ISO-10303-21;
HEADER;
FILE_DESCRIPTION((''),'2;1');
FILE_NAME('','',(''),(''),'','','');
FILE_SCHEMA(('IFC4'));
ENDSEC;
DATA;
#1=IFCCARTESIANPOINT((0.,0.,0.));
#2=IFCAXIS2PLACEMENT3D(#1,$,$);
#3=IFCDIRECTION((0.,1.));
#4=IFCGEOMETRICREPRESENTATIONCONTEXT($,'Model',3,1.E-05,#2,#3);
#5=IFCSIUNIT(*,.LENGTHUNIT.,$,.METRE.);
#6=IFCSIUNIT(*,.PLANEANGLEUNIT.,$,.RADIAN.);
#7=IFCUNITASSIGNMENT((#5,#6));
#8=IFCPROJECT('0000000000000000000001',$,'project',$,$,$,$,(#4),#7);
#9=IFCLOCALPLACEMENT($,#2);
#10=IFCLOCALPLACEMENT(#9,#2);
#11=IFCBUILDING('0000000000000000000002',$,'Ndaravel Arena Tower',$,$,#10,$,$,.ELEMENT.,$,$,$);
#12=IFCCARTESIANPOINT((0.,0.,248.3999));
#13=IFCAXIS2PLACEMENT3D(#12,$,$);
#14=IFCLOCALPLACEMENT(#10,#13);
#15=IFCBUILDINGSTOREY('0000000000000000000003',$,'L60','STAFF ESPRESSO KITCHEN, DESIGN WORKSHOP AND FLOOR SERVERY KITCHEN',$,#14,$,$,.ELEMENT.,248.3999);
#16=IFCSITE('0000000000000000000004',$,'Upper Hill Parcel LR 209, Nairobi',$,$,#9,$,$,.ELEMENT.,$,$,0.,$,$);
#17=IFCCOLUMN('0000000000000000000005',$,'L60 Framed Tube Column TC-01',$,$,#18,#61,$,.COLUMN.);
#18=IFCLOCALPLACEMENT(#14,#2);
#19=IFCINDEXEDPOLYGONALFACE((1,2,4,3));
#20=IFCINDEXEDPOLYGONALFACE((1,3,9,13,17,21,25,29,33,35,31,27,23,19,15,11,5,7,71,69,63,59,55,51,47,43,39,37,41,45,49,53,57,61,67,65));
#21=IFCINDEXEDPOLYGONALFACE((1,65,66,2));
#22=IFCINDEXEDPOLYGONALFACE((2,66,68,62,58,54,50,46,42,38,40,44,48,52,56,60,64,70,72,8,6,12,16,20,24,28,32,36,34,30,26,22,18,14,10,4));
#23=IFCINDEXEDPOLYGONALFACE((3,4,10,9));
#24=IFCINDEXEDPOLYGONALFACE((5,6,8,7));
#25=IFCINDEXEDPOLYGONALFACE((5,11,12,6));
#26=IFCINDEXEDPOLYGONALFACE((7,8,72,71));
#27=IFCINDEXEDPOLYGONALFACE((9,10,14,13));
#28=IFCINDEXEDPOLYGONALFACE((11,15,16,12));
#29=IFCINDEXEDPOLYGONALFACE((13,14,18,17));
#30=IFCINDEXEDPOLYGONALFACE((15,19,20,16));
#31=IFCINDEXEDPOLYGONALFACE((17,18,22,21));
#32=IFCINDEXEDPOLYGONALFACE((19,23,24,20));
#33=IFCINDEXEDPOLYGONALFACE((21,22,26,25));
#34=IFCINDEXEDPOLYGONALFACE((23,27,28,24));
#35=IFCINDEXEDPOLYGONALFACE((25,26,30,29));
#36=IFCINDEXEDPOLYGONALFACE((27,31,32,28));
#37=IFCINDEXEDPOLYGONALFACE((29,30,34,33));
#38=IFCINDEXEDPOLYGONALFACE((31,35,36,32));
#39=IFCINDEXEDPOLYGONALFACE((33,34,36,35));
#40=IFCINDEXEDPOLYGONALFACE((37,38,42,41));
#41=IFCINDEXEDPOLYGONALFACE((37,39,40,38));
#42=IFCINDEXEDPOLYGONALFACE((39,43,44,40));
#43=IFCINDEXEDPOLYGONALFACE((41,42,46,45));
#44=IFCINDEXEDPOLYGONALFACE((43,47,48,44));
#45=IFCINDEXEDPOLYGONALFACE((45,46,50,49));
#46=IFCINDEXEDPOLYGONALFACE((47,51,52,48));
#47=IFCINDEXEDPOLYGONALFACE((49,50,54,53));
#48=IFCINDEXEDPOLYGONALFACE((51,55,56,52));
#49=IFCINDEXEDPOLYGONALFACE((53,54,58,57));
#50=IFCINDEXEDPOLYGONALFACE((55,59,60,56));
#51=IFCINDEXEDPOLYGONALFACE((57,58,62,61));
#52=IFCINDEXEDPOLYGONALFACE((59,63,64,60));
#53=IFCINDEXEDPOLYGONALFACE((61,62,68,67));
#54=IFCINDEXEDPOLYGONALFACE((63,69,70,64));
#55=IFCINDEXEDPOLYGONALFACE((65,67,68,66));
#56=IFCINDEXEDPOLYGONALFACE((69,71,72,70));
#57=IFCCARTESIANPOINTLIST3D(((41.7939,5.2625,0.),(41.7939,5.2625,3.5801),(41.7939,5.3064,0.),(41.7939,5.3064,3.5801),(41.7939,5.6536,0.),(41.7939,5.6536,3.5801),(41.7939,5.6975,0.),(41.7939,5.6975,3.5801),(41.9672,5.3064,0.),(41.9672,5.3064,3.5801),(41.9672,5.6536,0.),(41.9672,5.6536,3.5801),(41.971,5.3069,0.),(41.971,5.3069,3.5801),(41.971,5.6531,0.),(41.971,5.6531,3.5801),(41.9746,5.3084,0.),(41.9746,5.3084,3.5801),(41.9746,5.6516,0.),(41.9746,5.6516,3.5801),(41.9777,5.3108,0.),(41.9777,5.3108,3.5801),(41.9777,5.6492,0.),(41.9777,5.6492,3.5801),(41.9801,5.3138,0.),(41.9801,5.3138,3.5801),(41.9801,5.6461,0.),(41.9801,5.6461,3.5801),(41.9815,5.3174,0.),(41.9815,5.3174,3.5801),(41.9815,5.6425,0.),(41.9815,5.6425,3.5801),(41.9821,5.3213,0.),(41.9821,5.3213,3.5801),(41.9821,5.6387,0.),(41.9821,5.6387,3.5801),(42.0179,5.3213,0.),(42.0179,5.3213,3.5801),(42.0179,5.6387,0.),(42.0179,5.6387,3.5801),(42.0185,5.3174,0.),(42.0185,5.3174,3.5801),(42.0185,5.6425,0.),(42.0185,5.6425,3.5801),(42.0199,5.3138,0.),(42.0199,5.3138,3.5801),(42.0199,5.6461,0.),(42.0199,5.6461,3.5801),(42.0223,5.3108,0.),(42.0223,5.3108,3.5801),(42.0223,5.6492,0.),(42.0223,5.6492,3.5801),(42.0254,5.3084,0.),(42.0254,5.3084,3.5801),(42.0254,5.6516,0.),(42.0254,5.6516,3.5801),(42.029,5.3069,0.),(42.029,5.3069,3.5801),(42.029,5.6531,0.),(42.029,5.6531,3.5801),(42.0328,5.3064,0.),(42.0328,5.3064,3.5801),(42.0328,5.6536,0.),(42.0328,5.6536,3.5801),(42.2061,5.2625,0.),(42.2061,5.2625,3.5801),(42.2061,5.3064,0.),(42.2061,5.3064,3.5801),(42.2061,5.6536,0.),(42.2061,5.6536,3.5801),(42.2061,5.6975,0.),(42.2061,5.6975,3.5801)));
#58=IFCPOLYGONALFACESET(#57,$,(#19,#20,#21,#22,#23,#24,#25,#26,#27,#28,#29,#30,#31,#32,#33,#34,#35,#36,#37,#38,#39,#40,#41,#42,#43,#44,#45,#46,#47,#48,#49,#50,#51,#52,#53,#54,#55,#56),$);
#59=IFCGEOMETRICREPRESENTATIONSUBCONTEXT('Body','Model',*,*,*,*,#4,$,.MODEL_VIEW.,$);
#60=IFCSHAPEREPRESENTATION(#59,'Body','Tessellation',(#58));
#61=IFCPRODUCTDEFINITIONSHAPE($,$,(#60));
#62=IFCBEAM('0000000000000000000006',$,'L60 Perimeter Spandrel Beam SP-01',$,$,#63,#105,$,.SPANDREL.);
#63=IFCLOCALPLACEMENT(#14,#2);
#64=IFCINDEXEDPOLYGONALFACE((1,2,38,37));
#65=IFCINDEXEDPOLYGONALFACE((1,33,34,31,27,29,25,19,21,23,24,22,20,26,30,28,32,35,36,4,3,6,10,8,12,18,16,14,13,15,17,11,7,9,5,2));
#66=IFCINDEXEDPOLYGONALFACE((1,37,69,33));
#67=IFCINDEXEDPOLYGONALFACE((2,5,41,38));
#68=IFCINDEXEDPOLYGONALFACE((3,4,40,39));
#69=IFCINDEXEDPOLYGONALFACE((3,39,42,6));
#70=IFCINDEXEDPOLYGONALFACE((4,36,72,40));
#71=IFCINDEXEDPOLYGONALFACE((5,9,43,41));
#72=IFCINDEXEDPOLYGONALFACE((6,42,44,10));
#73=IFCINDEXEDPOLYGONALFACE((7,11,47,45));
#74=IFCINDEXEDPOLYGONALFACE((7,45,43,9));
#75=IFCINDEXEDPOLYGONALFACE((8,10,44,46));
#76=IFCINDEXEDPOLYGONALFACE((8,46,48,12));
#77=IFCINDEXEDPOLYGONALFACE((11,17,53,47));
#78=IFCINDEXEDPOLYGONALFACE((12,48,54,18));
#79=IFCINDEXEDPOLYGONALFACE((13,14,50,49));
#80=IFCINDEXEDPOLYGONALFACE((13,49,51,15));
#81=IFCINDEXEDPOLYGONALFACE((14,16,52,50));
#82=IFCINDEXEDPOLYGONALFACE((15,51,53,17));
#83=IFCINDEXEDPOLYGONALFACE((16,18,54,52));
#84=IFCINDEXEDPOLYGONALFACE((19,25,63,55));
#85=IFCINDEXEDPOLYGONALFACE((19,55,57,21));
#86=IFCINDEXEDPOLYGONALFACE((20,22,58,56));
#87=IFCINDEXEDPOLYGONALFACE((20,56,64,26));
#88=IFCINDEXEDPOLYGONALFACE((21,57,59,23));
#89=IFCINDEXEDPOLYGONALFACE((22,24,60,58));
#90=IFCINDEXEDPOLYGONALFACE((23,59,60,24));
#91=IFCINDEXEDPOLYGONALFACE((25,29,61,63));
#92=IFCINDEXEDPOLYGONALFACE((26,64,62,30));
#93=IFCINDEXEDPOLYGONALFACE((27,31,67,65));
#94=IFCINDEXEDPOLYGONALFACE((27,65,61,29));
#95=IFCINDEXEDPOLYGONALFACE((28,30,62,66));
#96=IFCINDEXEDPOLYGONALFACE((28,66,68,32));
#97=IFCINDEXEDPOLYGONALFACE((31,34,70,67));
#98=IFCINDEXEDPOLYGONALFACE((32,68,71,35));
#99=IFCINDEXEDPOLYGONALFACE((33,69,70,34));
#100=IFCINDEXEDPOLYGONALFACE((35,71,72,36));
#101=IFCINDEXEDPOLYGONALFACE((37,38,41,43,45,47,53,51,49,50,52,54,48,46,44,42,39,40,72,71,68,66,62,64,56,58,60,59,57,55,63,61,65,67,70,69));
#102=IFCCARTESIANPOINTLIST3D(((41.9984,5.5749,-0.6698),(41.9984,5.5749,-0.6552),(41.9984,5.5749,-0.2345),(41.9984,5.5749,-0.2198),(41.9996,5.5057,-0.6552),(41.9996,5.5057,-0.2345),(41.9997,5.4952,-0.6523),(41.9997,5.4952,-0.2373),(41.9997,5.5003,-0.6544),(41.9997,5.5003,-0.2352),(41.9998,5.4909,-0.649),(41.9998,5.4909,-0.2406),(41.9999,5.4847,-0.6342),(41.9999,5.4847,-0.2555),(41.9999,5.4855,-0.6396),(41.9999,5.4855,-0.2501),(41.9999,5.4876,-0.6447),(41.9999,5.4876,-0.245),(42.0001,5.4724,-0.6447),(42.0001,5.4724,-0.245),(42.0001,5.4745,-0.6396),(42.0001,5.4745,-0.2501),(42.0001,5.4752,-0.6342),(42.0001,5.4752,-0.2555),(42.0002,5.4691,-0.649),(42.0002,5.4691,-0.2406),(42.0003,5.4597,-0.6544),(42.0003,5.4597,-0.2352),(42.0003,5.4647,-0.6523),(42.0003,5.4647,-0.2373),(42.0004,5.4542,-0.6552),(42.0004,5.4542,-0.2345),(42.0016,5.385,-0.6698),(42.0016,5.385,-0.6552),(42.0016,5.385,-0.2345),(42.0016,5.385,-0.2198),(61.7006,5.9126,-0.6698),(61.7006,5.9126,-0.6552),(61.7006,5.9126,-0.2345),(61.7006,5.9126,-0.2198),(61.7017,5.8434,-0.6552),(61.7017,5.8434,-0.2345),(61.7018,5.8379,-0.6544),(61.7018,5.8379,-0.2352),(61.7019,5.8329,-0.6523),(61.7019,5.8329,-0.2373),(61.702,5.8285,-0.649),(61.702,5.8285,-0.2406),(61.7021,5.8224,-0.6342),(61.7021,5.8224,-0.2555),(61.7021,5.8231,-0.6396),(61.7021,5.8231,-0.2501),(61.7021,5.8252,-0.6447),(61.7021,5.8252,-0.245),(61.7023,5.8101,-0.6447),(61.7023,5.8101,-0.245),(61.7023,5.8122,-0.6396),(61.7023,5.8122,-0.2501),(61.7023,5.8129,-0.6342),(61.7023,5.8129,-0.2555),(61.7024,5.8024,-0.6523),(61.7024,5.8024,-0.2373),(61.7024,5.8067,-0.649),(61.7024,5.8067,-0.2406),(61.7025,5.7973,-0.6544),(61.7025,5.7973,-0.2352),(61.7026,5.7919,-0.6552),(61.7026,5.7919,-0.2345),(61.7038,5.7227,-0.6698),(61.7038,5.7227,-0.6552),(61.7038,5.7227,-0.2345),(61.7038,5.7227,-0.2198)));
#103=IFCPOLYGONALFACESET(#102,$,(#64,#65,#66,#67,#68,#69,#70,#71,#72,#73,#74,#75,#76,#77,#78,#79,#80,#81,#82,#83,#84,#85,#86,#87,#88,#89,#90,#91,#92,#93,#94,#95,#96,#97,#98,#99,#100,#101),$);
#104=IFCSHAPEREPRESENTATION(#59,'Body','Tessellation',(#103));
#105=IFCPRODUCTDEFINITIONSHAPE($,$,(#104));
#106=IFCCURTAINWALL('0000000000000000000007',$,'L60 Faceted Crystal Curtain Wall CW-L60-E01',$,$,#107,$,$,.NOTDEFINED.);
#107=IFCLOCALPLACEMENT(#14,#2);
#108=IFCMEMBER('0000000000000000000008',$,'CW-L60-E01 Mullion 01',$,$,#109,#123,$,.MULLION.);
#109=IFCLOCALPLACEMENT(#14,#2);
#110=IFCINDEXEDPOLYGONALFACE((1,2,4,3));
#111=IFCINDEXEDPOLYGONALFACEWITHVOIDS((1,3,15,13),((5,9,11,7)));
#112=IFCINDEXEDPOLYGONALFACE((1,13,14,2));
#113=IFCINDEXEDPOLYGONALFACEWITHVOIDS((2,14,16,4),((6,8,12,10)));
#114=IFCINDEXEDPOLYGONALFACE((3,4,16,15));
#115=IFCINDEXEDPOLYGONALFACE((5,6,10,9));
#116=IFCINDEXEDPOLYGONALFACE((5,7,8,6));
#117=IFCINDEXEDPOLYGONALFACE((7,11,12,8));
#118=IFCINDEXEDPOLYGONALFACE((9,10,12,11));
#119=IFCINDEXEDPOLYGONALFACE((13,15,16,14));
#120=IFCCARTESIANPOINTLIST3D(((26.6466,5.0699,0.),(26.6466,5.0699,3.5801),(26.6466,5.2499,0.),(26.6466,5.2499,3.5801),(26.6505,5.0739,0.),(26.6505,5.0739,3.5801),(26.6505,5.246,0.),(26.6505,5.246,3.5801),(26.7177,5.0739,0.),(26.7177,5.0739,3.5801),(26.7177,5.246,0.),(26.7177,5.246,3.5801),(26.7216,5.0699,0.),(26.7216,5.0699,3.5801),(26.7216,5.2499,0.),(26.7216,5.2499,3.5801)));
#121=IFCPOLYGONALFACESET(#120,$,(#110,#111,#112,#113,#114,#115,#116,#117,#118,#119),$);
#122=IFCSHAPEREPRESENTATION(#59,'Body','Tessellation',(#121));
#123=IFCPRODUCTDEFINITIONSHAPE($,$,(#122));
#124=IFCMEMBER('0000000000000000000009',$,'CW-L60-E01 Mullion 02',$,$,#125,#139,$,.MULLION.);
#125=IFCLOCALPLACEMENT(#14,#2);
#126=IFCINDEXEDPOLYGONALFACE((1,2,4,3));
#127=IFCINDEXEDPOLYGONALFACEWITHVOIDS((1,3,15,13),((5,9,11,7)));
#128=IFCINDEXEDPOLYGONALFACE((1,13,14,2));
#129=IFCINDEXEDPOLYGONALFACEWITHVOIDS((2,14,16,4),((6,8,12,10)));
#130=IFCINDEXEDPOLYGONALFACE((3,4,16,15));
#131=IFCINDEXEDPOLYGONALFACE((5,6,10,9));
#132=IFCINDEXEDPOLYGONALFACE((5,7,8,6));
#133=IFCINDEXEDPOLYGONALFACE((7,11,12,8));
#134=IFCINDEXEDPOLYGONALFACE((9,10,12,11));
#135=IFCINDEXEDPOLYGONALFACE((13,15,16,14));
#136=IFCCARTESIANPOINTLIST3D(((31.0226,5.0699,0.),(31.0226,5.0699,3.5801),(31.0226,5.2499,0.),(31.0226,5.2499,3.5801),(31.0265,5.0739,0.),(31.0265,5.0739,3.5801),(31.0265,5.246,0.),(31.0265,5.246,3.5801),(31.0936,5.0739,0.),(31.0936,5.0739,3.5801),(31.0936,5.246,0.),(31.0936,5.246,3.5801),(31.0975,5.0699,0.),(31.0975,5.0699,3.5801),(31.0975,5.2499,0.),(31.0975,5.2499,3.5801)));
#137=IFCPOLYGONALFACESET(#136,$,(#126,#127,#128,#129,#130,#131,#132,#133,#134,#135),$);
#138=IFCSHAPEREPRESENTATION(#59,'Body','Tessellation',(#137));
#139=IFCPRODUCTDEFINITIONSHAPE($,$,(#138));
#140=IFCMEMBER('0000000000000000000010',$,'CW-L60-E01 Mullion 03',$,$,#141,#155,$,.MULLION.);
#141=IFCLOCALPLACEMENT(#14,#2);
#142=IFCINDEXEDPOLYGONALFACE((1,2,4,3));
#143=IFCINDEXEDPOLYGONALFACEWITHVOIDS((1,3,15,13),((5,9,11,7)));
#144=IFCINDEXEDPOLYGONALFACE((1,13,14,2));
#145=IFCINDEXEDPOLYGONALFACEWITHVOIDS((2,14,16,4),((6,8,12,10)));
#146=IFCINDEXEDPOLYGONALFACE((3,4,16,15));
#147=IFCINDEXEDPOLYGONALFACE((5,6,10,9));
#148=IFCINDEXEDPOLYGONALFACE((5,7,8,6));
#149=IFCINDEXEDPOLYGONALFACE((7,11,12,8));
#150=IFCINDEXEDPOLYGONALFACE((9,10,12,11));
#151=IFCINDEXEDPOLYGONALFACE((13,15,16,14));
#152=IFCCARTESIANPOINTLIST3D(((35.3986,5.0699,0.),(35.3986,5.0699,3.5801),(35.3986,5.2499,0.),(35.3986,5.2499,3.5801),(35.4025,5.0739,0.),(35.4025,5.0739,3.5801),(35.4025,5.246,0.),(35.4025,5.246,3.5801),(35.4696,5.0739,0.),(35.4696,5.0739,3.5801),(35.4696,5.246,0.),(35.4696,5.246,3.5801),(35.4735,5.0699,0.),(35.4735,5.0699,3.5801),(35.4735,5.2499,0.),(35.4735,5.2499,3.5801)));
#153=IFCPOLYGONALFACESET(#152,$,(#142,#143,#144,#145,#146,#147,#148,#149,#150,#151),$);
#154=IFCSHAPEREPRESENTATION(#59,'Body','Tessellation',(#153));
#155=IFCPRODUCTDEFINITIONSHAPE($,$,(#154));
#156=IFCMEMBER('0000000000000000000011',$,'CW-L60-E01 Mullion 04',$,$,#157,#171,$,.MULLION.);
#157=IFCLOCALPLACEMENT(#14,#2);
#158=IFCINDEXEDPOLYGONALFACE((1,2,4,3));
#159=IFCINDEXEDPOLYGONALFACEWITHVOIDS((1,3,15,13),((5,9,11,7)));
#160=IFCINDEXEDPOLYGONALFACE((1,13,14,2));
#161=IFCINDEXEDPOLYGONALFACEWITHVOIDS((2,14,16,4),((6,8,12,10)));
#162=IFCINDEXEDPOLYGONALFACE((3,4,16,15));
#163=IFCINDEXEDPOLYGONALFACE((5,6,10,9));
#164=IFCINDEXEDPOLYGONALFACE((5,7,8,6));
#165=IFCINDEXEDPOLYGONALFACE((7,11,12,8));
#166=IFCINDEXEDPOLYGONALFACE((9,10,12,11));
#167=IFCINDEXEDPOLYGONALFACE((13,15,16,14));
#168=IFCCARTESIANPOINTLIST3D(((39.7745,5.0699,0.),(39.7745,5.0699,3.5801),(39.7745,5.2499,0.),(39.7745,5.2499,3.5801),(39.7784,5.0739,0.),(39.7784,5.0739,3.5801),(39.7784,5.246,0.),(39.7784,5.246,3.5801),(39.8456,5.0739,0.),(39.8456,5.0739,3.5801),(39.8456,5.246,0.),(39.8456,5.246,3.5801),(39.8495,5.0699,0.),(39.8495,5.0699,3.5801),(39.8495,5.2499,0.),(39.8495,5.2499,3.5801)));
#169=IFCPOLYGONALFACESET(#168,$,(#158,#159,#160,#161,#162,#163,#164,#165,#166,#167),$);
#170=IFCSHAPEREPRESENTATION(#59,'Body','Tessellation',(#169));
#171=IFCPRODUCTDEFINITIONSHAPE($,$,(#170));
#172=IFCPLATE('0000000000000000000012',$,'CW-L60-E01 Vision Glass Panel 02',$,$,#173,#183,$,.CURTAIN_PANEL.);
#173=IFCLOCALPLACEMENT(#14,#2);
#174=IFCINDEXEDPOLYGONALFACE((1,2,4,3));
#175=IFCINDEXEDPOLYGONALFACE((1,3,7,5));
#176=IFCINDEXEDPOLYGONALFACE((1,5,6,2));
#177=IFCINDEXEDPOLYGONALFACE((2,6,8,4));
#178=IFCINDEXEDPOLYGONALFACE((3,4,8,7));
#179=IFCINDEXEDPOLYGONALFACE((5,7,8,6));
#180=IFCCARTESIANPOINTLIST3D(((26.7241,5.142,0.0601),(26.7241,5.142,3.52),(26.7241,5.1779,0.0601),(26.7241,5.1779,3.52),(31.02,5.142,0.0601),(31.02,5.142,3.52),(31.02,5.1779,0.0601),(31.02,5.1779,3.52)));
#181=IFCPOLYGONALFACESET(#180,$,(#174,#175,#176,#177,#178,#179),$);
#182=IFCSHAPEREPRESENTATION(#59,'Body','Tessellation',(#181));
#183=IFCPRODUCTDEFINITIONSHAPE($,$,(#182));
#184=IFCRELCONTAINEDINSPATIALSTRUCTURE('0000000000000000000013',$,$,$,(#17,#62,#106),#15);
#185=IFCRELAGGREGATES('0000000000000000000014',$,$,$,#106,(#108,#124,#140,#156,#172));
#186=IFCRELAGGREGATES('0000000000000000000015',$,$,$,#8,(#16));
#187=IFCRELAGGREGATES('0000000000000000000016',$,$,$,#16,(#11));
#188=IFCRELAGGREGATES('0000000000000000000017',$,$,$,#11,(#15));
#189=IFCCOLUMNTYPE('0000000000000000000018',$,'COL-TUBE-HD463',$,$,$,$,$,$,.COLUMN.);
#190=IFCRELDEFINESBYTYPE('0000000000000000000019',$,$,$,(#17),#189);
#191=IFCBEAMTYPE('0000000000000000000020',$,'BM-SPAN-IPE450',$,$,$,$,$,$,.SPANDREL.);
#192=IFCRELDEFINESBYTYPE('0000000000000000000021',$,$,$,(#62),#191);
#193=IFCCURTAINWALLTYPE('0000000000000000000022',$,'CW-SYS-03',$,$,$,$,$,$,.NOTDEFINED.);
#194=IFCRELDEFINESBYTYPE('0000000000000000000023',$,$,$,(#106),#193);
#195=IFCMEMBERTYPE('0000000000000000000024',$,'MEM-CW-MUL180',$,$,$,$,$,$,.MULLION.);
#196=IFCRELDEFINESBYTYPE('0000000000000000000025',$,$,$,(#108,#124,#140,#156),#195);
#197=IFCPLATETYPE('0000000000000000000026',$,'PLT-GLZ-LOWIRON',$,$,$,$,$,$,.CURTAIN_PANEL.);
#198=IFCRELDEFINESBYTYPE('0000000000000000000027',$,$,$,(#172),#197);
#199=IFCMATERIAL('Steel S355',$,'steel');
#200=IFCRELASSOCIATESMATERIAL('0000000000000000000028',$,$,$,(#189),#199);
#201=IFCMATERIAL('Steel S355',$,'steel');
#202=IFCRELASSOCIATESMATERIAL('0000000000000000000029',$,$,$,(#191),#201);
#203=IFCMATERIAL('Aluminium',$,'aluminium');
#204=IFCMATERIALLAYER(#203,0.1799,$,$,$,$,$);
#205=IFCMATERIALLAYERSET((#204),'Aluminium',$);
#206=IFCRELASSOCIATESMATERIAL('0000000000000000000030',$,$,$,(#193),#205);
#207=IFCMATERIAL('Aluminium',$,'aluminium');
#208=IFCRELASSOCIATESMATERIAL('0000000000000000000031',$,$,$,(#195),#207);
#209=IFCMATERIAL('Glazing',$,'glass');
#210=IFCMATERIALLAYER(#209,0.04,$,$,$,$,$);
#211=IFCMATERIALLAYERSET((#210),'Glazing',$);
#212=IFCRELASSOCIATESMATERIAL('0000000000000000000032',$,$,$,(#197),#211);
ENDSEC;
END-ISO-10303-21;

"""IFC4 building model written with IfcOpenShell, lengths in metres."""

from ifc_helpers import new_model, si_unit, direction, frame, origin, origin_2d, place, context, subcontext, project, spatial, rectangle, hollow_rectangle, i_section, extrude, material, layer, layer_set, material_profile, profile_set, type_object, element, aggregate, save


model = new_model("IFC4")

# Units and contexts
model_context = context("Model", 3, precision=1e-05, world=origin(), true_north=direction((0.0, 1.0)))
body_context = subcontext(model_context, "Body", "Model", "MODEL_VIEW")
ifc_project = project(units=[si_unit("LENGTHUNIT", "METRE"), si_unit("PLANEANGLEUNIT", "RADIAN")], contexts=[model_context])

# Site, building, storey
site_placement = place(None, origin())
site = spatial("IfcSite", under=ifc_project, at=site_placement, Name="Upper Hill Parcel LR 209, Nairobi", CompositionType="ELEMENT", RefElevation=0.0)
building_placement = place(site_placement, origin())
building = spatial("IfcBuilding", under=site, at=building_placement, Name="Ndaravel Arena Tower", CompositionType="ELEMENT")
storey_placement = place(building_placement, frame((0.0, 0.0, 248.3999)))
storey = spatial("IfcBuildingStorey", under=building, at=storey_placement, Name="L60", Description="STAFF ESPRESSO KITCHEN, DESIGN WORKSHOP AND FLOOR SERVERY KITCHEN", CompositionType="ELEMENT", Elevation=248.3999)

# Column
ifc_material_1 = material(Name="Steel S355", Category="steel")
ifc_material_profile_1 = material_profile(ifc_material_1, i_section(OverallWidth=0.4121, OverallDepth=0.4351, WebThickness=0.0359, FlangeThickness=0.0439, FilletRadius=0.0149, at=origin_2d()), Name="HD 400x463")
ifc_profile_set_1 = profile_set([ifc_material_profile_1], Name="Steel S355")
column_type = type_object("IfcColumnType", Name="COL-TUBE-HD463", PredefinedType="COLUMN", material=ifc_profile_set_1)
column_placement = place(storey_placement, frame((42.0, 5.48, 0.0), z_axis=(0.0, 0.0, 1.0), x_axis=(1.0, 0.0, 0.0)))
element("IfcColumn", 1, at=column_placement, inside=storey, type_object=column_type, Name="L60 Framed Tube Column TC-01", PredefinedType="COLUMN", context=body_context, shape_type="SweptSolid", body=[
    extrude(i_section(OverallWidth=0.4121, OverallDepth=0.4351, WebThickness=0.0359, FlangeThickness=0.0439, FilletRadius=0.0149, at=origin_2d()), origin(), (0.0, 0.0, 1.0), 3.5801),
])

# Beam
ifc_material_2 = material(Name="Steel S355", Category="steel")
ifc_material_profile_2 = material_profile(ifc_material_2, i_section(OverallWidth=0.1899, OverallDepth=0.45, WebThickness=0.0095, FlangeThickness=0.0146, FilletRadius=0.021, at=origin_2d()), Name="IPE 450")
ifc_profile_set_2 = profile_set([ifc_material_profile_2], Name="Steel S355")
beam_type = type_object("IfcBeamType", Name="BM-SPAN-IPE450", PredefinedType="SPANDREL", material=ifc_profile_set_2)
beam_placement = place(storey_placement, frame((42.0, 5.48, -0.4448), z_axis=(0.999853, 0.017135, 0.0), x_axis=(-0.017135, 0.999853, 0.0)))
element("IfcBeam", 2, at=beam_placement, inside=storey, type_object=beam_type, Name="L60 Perimeter Spandrel Beam SP-01", PredefinedType="SPANDREL", context=body_context, shape_type="SweptSolid", body=[
    extrude(i_section(OverallWidth=0.1899, OverallDepth=0.45, WebThickness=0.0095, FlangeThickness=0.0146, FilletRadius=0.021, at=origin_2d()), origin(), (0.0, 0.0, 1.0), 19.7051),
])

# Curtain wall, members, plate
ifc_material_3 = material(Name="Aluminium", Category="aluminium")
ifc_layer_1 = layer(ifc_material_3, 0.1799)
ifc_layer_set_1 = layer_set([ifc_layer_1], Name="Aluminium")
curtain_wall_type = type_object("IfcCurtainWallType", Name="CW-SYS-03", PredefinedType="NOTDEFINED", material=ifc_layer_set_1)
curtain_wall_placement = place(storey_placement, origin())
curtain_wall = element("IfcCurtainWall", 3, at=curtain_wall_placement, inside=storey, type_object=curtain_wall_type, Name="L60 Faceted Crystal Curtain Wall CW-L60-E01", PredefinedType="NOTDEFINED")
ifc_material_4 = material(Name="Aluminium", Category="aluminium")
ifc_material_profile_3 = material_profile(ifc_material_4, hollow_rectangle(XDim=0.075, YDim=0.1799, WallThickness=0.0039, at=origin_2d()), Name="CW MULLION 75x180x4")
ifc_profile_set_3 = profile_set([ifc_material_profile_3], Name="Aluminium")
member_type = type_object("IfcMemberType", Name="MEM-CW-MUL180", PredefinedType="MULLION", material=ifc_profile_set_3)
member_1_placement = place(storey_placement, frame((26.6841, 5.1599, 0.0), z_axis=(0.0, 0.0, 1.0), x_axis=(1.0, 0.0, 0.0)))
member_1 = element("IfcMember", 4, at=member_1_placement, type_object=member_type, Name="CW-L60-E01 Mullion 01", PredefinedType="MULLION", context=body_context, shape_type="SweptSolid", body=[
    extrude(hollow_rectangle(XDim=0.075, YDim=0.1799, WallThickness=0.0039, at=origin_2d()), origin(), (0.0, 0.0, 1.0), 3.5801),
])
member_2_placement = place(storey_placement, frame((31.0601, 5.1599, 0.0), z_axis=(0.0, 0.0, 1.0), x_axis=(1.0, 0.0, 0.0)))
member_2 = element("IfcMember", 5, at=member_2_placement, type_object=member_type, Name="CW-L60-E01 Mullion 02", PredefinedType="MULLION", context=body_context, shape_type="SweptSolid", body=[
    extrude(hollow_rectangle(XDim=0.075, YDim=0.1799, WallThickness=0.0039, at=origin_2d()), origin(), (0.0, 0.0, 1.0), 3.5801),
])
member_3_placement = place(storey_placement, frame((35.436, 5.1599, 0.0), z_axis=(0.0, 0.0, 1.0), x_axis=(1.0, 0.0, 0.0)))
member_3 = element("IfcMember", 6, at=member_3_placement, type_object=member_type, Name="CW-L60-E01 Mullion 03", PredefinedType="MULLION", context=body_context, shape_type="SweptSolid", body=[
    extrude(hollow_rectangle(XDim=0.075, YDim=0.1799, WallThickness=0.0039, at=origin_2d()), origin(), (0.0, 0.0, 1.0), 3.5801),
])
member_4_placement = place(storey_placement, frame((39.812, 5.1599, 0.0), z_axis=(0.0, 0.0, 1.0), x_axis=(1.0, 0.0, 0.0)))
member_4 = element("IfcMember", 7, at=member_4_placement, type_object=member_type, Name="CW-L60-E01 Mullion 04", PredefinedType="MULLION", context=body_context, shape_type="SweptSolid", body=[
    extrude(hollow_rectangle(XDim=0.075, YDim=0.1799, WallThickness=0.0039, at=origin_2d()), origin(), (0.0, 0.0, 1.0), 3.5801),
])
ifc_material_5 = material(Name="Glazing", Category="glass")
ifc_layer_2 = layer(ifc_material_5, 0.04)
ifc_layer_set_2 = layer_set([ifc_layer_2], Name="Glazing")
plate_type = type_object("IfcPlateType", Name="PLT-GLZ-LOWIRON", PredefinedType="CURTAIN_PANEL", material=ifc_layer_set_2)
plate_1_placement = place(storey_placement, frame((28.8721, 5.1599, 0.0601), z_axis=(0.0, 0.0, 1.0), x_axis=(1.0, 0.0, 0.0)))
plate_1 = element("IfcPlate", 8, at=plate_1_placement, type_object=plate_type, Name="CW-L60-E01 Vision Glass Panel 02", PredefinedType="CURTAIN_PANEL", context=body_context, shape_type="SweptSolid", body=[
    extrude(rectangle(XDim=4.2959, YDim=0.0359, at=origin_2d()), origin(), (0.0, 0.0, 1.0), 3.46),
])
aggregate(curtain_wall, [member_1, member_2, member_3, member_4, plate_1])

save(model, "model.ifc")
